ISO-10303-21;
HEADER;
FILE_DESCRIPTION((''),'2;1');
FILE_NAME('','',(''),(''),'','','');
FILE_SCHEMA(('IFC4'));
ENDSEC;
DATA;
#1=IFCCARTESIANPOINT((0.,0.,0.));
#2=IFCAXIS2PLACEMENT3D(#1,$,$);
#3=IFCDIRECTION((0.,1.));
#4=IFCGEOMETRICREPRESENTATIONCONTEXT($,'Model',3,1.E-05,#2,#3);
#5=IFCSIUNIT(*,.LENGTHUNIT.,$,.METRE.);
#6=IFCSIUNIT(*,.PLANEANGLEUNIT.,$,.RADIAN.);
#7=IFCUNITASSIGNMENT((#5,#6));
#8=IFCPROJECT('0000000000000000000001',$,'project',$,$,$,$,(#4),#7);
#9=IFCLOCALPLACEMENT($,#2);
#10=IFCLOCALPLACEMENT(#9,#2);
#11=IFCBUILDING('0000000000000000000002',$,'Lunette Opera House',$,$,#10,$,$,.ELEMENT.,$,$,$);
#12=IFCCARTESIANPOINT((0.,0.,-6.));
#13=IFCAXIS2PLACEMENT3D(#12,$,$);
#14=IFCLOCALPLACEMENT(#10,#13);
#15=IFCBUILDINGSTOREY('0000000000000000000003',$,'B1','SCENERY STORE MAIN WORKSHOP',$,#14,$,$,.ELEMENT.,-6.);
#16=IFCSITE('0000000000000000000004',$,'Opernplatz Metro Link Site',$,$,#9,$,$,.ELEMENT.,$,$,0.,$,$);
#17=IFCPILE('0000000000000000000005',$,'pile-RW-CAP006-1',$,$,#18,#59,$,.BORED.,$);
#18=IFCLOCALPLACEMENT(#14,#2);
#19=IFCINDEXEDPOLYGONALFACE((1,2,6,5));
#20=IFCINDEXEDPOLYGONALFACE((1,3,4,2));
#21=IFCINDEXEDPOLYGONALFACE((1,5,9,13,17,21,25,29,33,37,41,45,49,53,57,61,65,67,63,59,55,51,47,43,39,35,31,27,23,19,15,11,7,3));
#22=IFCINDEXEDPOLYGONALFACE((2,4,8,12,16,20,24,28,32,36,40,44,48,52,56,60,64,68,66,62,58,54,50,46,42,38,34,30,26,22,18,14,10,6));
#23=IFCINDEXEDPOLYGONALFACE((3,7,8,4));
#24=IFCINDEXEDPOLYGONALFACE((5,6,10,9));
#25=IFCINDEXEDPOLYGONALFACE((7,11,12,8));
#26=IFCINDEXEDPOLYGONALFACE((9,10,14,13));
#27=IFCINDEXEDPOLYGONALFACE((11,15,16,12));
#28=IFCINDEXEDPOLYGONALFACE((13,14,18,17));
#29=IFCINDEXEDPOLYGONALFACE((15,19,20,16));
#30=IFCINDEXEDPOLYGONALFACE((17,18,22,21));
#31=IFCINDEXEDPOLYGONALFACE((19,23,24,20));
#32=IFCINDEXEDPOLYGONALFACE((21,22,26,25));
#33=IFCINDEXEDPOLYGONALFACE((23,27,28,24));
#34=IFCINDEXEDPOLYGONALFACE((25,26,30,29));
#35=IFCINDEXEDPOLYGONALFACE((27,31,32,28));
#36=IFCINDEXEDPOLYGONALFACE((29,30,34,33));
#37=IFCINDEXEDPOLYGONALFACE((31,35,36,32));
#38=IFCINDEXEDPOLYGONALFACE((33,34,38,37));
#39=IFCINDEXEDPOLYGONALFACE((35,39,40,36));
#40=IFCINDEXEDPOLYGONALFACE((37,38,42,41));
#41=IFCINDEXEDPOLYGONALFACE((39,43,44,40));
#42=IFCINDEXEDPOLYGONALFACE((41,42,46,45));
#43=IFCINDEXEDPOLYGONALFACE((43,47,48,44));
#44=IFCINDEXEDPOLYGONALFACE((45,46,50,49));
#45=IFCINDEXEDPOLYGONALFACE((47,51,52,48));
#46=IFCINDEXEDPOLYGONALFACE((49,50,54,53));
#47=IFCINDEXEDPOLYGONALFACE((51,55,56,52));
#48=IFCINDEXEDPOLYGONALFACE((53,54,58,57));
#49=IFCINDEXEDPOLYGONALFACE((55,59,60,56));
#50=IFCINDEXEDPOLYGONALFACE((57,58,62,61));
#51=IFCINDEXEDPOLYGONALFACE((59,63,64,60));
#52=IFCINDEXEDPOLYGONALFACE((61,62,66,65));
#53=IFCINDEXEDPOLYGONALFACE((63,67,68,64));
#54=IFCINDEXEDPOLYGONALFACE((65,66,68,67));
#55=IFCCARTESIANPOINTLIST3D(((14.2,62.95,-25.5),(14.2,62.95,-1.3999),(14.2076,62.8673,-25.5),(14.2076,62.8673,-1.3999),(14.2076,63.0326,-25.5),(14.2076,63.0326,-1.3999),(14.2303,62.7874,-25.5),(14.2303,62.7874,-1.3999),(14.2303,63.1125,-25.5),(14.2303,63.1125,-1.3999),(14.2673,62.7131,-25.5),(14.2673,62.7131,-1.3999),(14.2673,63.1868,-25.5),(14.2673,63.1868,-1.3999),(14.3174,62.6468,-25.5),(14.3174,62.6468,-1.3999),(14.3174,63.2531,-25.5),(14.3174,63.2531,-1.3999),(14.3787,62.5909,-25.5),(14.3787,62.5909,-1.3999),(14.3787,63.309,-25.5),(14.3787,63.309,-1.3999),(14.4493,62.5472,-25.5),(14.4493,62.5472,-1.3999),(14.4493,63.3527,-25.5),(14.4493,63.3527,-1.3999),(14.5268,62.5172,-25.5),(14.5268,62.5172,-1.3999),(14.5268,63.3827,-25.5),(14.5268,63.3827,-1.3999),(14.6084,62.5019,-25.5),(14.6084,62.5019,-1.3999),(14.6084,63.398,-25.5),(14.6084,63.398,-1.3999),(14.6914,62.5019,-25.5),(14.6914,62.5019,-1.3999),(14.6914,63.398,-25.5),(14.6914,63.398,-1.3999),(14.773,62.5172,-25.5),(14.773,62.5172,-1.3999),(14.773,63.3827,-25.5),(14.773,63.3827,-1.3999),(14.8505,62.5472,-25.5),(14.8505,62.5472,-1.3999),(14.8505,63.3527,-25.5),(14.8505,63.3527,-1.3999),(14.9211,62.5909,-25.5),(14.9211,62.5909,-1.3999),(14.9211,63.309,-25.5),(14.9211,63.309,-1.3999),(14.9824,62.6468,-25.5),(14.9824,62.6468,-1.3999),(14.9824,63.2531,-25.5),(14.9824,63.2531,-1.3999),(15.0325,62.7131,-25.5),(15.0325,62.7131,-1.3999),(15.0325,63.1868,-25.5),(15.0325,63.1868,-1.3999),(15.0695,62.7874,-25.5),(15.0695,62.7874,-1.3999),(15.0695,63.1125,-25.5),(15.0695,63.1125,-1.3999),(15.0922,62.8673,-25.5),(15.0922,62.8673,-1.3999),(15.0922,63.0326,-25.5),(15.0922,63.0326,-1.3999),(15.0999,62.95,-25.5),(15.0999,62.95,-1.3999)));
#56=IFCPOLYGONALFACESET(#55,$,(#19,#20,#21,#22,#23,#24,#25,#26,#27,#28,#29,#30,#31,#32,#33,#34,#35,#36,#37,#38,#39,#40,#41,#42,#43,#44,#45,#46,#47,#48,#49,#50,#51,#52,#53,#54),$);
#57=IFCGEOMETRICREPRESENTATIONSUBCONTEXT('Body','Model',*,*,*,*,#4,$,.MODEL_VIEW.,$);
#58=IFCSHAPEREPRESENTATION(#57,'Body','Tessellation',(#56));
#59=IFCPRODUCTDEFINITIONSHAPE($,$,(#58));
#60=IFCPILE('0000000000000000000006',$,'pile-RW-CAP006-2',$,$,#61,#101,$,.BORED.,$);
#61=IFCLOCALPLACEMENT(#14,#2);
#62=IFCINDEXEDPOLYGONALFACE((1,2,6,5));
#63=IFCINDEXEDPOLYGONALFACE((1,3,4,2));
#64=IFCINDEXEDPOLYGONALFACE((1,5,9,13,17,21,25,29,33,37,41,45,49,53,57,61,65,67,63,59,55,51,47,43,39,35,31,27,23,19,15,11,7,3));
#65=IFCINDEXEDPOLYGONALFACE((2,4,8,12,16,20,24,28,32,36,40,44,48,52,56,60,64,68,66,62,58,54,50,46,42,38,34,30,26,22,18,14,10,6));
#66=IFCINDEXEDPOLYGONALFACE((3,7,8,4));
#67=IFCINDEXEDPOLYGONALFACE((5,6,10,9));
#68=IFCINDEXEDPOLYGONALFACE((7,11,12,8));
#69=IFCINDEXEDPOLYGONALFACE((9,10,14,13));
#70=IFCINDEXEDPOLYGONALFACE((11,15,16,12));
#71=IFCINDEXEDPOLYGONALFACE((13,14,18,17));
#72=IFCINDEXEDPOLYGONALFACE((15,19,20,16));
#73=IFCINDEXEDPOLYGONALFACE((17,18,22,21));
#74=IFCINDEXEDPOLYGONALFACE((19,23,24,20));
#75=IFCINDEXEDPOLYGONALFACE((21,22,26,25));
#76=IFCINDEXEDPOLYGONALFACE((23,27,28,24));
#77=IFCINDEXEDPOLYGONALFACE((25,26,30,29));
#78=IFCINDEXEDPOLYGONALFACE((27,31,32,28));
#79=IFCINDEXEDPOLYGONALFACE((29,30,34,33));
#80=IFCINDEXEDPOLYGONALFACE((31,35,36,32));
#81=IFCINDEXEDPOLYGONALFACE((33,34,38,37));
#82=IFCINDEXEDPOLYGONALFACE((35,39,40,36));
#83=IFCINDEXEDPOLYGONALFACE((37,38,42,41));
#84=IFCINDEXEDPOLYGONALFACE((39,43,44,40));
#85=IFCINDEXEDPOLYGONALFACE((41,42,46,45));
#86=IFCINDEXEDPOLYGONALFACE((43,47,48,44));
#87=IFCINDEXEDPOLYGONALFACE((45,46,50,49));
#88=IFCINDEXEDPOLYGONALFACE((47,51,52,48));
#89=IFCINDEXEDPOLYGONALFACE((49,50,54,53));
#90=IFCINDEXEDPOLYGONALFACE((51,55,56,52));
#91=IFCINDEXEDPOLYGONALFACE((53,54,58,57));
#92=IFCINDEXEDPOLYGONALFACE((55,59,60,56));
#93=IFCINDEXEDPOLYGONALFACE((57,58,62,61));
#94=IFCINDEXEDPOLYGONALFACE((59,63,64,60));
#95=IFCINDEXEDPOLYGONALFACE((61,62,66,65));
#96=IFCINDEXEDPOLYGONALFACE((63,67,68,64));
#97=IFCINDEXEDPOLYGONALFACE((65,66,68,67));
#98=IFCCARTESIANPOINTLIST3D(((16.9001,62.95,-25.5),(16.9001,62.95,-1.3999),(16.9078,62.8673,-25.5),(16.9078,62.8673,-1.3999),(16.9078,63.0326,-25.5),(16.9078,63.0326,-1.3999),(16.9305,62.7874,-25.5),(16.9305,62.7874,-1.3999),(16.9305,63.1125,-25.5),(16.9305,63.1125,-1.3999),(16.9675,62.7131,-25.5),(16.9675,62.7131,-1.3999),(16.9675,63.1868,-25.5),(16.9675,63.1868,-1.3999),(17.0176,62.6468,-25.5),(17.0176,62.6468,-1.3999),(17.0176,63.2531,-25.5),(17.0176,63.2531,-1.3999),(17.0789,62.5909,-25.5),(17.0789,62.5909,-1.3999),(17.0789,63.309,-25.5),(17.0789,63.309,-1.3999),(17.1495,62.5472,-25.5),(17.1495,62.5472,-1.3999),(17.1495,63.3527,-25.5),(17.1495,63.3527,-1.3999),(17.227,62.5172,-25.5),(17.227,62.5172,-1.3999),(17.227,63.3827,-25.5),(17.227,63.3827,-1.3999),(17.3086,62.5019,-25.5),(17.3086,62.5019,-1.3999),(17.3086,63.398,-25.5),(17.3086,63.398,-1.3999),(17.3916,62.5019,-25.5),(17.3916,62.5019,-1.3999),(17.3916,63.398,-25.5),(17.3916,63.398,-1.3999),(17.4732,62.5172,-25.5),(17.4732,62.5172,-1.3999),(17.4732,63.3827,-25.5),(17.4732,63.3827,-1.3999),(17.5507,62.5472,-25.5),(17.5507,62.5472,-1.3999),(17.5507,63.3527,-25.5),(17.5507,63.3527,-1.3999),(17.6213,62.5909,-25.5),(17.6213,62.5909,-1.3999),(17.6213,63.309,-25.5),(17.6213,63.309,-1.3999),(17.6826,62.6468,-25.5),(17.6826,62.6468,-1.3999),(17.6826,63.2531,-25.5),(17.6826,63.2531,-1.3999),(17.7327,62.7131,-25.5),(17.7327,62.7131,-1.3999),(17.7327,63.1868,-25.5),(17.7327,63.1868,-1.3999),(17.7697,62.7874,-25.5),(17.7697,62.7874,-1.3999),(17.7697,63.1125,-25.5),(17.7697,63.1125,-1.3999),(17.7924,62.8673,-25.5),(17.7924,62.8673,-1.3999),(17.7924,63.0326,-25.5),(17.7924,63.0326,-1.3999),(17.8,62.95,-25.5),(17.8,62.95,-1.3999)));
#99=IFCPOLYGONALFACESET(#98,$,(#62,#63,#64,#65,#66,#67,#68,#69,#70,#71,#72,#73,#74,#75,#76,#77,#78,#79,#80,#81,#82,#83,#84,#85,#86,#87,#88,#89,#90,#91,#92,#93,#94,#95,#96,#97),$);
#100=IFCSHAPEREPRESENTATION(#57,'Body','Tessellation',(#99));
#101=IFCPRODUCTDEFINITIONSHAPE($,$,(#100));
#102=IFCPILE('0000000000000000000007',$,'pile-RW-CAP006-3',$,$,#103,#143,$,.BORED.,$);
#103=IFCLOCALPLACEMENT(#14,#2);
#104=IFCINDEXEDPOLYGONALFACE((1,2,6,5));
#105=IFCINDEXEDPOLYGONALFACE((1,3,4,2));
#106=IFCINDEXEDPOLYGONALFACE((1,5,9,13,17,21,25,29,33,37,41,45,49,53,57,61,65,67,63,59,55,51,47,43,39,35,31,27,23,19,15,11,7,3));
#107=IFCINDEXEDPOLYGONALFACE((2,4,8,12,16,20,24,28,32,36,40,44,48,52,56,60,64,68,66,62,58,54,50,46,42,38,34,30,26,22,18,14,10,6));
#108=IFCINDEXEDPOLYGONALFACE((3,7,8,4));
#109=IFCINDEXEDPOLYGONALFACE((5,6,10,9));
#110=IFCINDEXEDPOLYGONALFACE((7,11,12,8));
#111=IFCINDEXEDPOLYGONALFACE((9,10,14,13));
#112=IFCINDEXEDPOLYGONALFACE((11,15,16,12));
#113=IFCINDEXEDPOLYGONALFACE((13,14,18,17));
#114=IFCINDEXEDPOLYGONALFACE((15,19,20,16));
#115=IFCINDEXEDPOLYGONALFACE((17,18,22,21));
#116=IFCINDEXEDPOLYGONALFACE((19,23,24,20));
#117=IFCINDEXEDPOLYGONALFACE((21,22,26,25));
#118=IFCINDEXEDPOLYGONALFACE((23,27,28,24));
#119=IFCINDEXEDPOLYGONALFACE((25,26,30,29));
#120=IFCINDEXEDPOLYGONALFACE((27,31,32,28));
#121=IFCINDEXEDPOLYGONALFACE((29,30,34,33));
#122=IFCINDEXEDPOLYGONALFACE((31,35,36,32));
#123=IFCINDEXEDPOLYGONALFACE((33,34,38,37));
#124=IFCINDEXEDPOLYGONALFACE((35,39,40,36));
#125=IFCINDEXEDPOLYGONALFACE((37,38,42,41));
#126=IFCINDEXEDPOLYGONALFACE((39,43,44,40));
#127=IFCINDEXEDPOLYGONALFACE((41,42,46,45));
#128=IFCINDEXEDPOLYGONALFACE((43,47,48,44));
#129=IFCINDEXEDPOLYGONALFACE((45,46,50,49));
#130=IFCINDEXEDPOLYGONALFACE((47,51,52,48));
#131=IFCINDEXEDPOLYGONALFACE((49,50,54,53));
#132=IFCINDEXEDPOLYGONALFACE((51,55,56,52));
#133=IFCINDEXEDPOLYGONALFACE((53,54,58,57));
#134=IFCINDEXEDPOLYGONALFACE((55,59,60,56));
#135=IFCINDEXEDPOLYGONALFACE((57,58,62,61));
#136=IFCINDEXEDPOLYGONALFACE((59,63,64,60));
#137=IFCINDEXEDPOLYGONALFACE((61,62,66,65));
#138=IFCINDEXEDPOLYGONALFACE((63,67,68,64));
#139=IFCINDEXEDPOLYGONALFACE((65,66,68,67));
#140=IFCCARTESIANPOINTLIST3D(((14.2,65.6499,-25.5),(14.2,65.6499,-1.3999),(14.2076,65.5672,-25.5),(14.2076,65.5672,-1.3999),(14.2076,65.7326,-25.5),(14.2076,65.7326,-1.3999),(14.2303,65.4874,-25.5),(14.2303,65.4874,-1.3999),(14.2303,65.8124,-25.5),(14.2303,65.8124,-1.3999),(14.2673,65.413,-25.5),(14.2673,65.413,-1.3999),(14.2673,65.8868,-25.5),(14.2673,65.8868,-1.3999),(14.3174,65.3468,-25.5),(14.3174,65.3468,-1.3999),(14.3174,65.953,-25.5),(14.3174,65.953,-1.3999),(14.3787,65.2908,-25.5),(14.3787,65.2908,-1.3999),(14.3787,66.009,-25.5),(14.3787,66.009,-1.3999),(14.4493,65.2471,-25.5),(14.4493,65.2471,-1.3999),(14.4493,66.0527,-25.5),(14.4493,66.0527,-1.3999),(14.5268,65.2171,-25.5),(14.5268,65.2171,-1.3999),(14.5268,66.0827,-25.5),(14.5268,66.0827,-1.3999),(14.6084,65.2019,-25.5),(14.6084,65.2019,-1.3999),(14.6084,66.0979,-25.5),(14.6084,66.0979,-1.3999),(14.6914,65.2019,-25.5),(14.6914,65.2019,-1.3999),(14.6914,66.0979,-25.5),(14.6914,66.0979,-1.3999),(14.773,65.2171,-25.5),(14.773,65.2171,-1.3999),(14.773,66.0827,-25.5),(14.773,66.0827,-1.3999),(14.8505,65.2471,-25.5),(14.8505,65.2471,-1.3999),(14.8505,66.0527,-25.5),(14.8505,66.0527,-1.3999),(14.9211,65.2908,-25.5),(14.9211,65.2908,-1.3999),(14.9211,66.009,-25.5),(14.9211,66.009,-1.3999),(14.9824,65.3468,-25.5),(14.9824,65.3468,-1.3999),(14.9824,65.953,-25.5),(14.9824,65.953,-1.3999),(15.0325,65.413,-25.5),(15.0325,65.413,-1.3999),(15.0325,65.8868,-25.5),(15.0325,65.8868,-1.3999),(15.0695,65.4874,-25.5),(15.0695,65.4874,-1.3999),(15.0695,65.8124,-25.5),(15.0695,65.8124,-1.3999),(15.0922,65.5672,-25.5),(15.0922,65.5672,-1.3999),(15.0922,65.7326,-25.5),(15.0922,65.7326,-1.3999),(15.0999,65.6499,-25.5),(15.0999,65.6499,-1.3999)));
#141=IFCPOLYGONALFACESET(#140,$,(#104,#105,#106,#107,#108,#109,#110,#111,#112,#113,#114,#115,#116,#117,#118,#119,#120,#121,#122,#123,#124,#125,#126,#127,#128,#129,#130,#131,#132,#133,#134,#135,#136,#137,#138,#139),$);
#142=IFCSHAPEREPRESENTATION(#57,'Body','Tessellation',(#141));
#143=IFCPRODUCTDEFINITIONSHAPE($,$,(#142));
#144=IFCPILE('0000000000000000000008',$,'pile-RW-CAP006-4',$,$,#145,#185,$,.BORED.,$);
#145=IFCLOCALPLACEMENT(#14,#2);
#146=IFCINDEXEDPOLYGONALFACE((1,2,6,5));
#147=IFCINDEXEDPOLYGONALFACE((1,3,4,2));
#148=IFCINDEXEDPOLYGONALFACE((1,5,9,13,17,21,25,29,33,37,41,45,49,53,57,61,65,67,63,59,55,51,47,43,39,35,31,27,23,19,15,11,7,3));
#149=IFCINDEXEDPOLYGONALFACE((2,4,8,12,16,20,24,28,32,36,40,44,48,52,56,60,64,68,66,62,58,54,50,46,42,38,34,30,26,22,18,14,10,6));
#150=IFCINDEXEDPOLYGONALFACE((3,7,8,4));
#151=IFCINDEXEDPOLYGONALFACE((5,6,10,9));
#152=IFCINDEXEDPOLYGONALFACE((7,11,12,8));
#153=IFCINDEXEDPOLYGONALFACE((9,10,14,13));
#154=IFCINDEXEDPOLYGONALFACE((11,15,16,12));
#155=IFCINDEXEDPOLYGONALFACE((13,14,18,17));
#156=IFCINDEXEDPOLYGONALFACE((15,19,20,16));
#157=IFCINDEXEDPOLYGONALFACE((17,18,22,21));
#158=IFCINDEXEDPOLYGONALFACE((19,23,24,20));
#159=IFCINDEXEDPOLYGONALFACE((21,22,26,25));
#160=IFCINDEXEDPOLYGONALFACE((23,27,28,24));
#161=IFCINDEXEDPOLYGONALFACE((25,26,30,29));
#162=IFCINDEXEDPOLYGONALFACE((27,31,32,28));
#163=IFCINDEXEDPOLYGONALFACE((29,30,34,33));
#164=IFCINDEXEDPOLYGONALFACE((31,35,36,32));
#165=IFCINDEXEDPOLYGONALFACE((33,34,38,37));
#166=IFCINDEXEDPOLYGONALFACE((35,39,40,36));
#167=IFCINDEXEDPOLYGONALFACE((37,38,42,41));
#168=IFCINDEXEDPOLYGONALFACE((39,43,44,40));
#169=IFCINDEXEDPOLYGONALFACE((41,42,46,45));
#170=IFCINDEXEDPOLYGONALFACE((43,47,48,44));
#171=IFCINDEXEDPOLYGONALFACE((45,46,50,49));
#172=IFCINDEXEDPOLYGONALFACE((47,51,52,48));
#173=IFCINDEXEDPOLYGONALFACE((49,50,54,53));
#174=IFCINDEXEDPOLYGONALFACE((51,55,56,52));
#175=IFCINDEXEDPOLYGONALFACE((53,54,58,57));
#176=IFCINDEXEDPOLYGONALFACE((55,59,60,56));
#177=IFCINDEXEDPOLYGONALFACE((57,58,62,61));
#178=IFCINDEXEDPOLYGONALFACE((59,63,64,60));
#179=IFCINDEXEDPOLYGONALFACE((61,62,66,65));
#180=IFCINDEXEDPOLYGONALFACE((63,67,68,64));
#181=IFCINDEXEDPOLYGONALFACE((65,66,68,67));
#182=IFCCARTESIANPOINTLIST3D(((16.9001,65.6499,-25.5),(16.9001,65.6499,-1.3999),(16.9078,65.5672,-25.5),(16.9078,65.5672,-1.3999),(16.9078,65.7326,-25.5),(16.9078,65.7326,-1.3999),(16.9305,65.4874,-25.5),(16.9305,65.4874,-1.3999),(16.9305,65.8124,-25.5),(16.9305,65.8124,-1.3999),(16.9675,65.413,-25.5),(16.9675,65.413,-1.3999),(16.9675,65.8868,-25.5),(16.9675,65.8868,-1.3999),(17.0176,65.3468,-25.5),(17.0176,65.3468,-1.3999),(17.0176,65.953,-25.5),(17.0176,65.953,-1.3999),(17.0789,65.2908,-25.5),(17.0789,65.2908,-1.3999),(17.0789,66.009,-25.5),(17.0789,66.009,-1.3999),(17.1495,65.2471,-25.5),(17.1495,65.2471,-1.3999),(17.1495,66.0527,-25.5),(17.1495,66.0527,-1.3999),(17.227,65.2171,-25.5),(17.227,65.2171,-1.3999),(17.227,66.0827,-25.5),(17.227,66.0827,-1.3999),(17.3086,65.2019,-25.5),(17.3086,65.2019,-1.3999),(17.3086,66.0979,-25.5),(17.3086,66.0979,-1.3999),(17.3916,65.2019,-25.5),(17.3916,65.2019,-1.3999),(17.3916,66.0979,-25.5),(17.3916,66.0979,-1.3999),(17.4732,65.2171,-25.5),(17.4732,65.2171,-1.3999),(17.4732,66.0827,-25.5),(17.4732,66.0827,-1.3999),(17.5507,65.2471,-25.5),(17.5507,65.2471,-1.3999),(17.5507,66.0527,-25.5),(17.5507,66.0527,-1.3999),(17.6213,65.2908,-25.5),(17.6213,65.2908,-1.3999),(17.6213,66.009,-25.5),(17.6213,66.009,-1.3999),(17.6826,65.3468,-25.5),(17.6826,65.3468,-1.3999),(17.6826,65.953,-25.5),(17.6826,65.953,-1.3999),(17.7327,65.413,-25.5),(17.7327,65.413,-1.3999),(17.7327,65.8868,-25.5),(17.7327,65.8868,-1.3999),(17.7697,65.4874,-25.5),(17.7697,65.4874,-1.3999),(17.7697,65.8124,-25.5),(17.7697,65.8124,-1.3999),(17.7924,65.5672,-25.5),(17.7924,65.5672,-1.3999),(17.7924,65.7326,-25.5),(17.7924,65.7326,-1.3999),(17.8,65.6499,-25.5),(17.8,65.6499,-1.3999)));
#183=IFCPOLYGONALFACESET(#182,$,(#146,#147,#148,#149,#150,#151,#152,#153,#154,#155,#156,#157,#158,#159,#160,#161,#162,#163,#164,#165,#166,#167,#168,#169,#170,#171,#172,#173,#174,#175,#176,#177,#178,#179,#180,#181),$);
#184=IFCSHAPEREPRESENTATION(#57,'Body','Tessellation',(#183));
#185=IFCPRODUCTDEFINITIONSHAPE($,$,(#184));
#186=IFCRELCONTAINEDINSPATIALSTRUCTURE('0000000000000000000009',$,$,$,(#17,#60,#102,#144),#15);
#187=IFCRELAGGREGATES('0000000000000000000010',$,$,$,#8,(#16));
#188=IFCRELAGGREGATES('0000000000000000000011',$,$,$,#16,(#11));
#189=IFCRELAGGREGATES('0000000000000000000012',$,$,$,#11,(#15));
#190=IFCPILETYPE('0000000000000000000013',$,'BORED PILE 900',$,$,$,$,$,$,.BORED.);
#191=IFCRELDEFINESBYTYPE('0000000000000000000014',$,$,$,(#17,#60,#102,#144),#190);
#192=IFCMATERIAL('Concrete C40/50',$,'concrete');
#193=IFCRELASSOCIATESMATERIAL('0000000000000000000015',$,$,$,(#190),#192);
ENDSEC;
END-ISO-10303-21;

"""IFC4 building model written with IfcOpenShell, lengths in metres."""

from ifc_helpers import new_model, si_unit, direction, frame, origin, origin_2d, place, context, subcontext, project, spatial, circle, extrude, material, material_profile, profile_set, type_object, element, save


model = new_model("IFC4")

# Units and contexts
model_context = context("Model", 3, precision=1e-05, world=origin(), true_north=direction((0.0, 1.0)))
body_context = subcontext(model_context, "Body", "Model", "MODEL_VIEW")
ifc_project = project(units=[si_unit("LENGTHUNIT", "METRE"), si_unit("PLANEANGLEUNIT", "RADIAN")], contexts=[model_context])

# Site, building, storey
site_placement = place(None, origin())
site = spatial("IfcSite", under=ifc_project, at=site_placement, Name="Opernplatz Metro Link Site", CompositionType="ELEMENT", RefElevation=0.0)
building_placement = place(site_placement, origin())
building = spatial("IfcBuilding", under=site, at=building_placement, Name="Lunette Opera House", CompositionType="ELEMENT")
storey_placement = place(building_placement, frame((0.0, 0.0, -6.0)))
storey = spatial("IfcBuildingStorey", under=building, at=storey_placement, Name="B1", Description="SCENERY STORE MAIN WORKSHOP", CompositionType="ELEMENT", Elevation=-6.0)

# Piles
ifc_material_1 = material(Name="Concrete C40/50", Category="concrete")
ifc_material_profile_1 = material_profile(ifc_material_1, circle(Radius=0.45, at=origin_2d()), Name="BORED PILE 900")
ifc_profile_set_1 = profile_set([ifc_material_profile_1], Name="Concrete C40/50")
pile_type = type_object("IfcPileType", Name="BORED PILE 900", PredefinedType="BORED", material=ifc_profile_set_1)
for number, where, z_axis, x_axis, name in (
    (1, (14.6499, 62.95, -1.3999), (0.0, 0.0, -1.0), (1.0, 0.0, 0.0), "pile-RW-CAP006-1"),
    (2, (17.3501, 62.95, -1.3999), (0.0, 0.0, -1.0), (1.0, 0.0, 0.0), "pile-RW-CAP006-2"),
    (3, (14.6499, 65.6499, -1.3999), (0.0, 0.0, -1.0), (1.0, 0.0, 0.0), "pile-RW-CAP006-3"),
    (4, (17.3501, 65.6499, -1.3999), (0.0, 0.0, -1.0), (1.0, 0.0, 0.0), "pile-RW-CAP006-4"),
):
    element("IfcPile", number, at=place(storey_placement, frame(where, z_axis=z_axis, x_axis=x_axis)), inside=storey, type_object=pile_type, Name=name, PredefinedType="BORED", context=body_context, shape_type="SweptSolid", body=[
        extrude(circle(Radius=0.45, at=origin_2d()), origin(), (0.0, 0.0, 1.0), 24.1001),
    ])

save(model, "model.ifc")
